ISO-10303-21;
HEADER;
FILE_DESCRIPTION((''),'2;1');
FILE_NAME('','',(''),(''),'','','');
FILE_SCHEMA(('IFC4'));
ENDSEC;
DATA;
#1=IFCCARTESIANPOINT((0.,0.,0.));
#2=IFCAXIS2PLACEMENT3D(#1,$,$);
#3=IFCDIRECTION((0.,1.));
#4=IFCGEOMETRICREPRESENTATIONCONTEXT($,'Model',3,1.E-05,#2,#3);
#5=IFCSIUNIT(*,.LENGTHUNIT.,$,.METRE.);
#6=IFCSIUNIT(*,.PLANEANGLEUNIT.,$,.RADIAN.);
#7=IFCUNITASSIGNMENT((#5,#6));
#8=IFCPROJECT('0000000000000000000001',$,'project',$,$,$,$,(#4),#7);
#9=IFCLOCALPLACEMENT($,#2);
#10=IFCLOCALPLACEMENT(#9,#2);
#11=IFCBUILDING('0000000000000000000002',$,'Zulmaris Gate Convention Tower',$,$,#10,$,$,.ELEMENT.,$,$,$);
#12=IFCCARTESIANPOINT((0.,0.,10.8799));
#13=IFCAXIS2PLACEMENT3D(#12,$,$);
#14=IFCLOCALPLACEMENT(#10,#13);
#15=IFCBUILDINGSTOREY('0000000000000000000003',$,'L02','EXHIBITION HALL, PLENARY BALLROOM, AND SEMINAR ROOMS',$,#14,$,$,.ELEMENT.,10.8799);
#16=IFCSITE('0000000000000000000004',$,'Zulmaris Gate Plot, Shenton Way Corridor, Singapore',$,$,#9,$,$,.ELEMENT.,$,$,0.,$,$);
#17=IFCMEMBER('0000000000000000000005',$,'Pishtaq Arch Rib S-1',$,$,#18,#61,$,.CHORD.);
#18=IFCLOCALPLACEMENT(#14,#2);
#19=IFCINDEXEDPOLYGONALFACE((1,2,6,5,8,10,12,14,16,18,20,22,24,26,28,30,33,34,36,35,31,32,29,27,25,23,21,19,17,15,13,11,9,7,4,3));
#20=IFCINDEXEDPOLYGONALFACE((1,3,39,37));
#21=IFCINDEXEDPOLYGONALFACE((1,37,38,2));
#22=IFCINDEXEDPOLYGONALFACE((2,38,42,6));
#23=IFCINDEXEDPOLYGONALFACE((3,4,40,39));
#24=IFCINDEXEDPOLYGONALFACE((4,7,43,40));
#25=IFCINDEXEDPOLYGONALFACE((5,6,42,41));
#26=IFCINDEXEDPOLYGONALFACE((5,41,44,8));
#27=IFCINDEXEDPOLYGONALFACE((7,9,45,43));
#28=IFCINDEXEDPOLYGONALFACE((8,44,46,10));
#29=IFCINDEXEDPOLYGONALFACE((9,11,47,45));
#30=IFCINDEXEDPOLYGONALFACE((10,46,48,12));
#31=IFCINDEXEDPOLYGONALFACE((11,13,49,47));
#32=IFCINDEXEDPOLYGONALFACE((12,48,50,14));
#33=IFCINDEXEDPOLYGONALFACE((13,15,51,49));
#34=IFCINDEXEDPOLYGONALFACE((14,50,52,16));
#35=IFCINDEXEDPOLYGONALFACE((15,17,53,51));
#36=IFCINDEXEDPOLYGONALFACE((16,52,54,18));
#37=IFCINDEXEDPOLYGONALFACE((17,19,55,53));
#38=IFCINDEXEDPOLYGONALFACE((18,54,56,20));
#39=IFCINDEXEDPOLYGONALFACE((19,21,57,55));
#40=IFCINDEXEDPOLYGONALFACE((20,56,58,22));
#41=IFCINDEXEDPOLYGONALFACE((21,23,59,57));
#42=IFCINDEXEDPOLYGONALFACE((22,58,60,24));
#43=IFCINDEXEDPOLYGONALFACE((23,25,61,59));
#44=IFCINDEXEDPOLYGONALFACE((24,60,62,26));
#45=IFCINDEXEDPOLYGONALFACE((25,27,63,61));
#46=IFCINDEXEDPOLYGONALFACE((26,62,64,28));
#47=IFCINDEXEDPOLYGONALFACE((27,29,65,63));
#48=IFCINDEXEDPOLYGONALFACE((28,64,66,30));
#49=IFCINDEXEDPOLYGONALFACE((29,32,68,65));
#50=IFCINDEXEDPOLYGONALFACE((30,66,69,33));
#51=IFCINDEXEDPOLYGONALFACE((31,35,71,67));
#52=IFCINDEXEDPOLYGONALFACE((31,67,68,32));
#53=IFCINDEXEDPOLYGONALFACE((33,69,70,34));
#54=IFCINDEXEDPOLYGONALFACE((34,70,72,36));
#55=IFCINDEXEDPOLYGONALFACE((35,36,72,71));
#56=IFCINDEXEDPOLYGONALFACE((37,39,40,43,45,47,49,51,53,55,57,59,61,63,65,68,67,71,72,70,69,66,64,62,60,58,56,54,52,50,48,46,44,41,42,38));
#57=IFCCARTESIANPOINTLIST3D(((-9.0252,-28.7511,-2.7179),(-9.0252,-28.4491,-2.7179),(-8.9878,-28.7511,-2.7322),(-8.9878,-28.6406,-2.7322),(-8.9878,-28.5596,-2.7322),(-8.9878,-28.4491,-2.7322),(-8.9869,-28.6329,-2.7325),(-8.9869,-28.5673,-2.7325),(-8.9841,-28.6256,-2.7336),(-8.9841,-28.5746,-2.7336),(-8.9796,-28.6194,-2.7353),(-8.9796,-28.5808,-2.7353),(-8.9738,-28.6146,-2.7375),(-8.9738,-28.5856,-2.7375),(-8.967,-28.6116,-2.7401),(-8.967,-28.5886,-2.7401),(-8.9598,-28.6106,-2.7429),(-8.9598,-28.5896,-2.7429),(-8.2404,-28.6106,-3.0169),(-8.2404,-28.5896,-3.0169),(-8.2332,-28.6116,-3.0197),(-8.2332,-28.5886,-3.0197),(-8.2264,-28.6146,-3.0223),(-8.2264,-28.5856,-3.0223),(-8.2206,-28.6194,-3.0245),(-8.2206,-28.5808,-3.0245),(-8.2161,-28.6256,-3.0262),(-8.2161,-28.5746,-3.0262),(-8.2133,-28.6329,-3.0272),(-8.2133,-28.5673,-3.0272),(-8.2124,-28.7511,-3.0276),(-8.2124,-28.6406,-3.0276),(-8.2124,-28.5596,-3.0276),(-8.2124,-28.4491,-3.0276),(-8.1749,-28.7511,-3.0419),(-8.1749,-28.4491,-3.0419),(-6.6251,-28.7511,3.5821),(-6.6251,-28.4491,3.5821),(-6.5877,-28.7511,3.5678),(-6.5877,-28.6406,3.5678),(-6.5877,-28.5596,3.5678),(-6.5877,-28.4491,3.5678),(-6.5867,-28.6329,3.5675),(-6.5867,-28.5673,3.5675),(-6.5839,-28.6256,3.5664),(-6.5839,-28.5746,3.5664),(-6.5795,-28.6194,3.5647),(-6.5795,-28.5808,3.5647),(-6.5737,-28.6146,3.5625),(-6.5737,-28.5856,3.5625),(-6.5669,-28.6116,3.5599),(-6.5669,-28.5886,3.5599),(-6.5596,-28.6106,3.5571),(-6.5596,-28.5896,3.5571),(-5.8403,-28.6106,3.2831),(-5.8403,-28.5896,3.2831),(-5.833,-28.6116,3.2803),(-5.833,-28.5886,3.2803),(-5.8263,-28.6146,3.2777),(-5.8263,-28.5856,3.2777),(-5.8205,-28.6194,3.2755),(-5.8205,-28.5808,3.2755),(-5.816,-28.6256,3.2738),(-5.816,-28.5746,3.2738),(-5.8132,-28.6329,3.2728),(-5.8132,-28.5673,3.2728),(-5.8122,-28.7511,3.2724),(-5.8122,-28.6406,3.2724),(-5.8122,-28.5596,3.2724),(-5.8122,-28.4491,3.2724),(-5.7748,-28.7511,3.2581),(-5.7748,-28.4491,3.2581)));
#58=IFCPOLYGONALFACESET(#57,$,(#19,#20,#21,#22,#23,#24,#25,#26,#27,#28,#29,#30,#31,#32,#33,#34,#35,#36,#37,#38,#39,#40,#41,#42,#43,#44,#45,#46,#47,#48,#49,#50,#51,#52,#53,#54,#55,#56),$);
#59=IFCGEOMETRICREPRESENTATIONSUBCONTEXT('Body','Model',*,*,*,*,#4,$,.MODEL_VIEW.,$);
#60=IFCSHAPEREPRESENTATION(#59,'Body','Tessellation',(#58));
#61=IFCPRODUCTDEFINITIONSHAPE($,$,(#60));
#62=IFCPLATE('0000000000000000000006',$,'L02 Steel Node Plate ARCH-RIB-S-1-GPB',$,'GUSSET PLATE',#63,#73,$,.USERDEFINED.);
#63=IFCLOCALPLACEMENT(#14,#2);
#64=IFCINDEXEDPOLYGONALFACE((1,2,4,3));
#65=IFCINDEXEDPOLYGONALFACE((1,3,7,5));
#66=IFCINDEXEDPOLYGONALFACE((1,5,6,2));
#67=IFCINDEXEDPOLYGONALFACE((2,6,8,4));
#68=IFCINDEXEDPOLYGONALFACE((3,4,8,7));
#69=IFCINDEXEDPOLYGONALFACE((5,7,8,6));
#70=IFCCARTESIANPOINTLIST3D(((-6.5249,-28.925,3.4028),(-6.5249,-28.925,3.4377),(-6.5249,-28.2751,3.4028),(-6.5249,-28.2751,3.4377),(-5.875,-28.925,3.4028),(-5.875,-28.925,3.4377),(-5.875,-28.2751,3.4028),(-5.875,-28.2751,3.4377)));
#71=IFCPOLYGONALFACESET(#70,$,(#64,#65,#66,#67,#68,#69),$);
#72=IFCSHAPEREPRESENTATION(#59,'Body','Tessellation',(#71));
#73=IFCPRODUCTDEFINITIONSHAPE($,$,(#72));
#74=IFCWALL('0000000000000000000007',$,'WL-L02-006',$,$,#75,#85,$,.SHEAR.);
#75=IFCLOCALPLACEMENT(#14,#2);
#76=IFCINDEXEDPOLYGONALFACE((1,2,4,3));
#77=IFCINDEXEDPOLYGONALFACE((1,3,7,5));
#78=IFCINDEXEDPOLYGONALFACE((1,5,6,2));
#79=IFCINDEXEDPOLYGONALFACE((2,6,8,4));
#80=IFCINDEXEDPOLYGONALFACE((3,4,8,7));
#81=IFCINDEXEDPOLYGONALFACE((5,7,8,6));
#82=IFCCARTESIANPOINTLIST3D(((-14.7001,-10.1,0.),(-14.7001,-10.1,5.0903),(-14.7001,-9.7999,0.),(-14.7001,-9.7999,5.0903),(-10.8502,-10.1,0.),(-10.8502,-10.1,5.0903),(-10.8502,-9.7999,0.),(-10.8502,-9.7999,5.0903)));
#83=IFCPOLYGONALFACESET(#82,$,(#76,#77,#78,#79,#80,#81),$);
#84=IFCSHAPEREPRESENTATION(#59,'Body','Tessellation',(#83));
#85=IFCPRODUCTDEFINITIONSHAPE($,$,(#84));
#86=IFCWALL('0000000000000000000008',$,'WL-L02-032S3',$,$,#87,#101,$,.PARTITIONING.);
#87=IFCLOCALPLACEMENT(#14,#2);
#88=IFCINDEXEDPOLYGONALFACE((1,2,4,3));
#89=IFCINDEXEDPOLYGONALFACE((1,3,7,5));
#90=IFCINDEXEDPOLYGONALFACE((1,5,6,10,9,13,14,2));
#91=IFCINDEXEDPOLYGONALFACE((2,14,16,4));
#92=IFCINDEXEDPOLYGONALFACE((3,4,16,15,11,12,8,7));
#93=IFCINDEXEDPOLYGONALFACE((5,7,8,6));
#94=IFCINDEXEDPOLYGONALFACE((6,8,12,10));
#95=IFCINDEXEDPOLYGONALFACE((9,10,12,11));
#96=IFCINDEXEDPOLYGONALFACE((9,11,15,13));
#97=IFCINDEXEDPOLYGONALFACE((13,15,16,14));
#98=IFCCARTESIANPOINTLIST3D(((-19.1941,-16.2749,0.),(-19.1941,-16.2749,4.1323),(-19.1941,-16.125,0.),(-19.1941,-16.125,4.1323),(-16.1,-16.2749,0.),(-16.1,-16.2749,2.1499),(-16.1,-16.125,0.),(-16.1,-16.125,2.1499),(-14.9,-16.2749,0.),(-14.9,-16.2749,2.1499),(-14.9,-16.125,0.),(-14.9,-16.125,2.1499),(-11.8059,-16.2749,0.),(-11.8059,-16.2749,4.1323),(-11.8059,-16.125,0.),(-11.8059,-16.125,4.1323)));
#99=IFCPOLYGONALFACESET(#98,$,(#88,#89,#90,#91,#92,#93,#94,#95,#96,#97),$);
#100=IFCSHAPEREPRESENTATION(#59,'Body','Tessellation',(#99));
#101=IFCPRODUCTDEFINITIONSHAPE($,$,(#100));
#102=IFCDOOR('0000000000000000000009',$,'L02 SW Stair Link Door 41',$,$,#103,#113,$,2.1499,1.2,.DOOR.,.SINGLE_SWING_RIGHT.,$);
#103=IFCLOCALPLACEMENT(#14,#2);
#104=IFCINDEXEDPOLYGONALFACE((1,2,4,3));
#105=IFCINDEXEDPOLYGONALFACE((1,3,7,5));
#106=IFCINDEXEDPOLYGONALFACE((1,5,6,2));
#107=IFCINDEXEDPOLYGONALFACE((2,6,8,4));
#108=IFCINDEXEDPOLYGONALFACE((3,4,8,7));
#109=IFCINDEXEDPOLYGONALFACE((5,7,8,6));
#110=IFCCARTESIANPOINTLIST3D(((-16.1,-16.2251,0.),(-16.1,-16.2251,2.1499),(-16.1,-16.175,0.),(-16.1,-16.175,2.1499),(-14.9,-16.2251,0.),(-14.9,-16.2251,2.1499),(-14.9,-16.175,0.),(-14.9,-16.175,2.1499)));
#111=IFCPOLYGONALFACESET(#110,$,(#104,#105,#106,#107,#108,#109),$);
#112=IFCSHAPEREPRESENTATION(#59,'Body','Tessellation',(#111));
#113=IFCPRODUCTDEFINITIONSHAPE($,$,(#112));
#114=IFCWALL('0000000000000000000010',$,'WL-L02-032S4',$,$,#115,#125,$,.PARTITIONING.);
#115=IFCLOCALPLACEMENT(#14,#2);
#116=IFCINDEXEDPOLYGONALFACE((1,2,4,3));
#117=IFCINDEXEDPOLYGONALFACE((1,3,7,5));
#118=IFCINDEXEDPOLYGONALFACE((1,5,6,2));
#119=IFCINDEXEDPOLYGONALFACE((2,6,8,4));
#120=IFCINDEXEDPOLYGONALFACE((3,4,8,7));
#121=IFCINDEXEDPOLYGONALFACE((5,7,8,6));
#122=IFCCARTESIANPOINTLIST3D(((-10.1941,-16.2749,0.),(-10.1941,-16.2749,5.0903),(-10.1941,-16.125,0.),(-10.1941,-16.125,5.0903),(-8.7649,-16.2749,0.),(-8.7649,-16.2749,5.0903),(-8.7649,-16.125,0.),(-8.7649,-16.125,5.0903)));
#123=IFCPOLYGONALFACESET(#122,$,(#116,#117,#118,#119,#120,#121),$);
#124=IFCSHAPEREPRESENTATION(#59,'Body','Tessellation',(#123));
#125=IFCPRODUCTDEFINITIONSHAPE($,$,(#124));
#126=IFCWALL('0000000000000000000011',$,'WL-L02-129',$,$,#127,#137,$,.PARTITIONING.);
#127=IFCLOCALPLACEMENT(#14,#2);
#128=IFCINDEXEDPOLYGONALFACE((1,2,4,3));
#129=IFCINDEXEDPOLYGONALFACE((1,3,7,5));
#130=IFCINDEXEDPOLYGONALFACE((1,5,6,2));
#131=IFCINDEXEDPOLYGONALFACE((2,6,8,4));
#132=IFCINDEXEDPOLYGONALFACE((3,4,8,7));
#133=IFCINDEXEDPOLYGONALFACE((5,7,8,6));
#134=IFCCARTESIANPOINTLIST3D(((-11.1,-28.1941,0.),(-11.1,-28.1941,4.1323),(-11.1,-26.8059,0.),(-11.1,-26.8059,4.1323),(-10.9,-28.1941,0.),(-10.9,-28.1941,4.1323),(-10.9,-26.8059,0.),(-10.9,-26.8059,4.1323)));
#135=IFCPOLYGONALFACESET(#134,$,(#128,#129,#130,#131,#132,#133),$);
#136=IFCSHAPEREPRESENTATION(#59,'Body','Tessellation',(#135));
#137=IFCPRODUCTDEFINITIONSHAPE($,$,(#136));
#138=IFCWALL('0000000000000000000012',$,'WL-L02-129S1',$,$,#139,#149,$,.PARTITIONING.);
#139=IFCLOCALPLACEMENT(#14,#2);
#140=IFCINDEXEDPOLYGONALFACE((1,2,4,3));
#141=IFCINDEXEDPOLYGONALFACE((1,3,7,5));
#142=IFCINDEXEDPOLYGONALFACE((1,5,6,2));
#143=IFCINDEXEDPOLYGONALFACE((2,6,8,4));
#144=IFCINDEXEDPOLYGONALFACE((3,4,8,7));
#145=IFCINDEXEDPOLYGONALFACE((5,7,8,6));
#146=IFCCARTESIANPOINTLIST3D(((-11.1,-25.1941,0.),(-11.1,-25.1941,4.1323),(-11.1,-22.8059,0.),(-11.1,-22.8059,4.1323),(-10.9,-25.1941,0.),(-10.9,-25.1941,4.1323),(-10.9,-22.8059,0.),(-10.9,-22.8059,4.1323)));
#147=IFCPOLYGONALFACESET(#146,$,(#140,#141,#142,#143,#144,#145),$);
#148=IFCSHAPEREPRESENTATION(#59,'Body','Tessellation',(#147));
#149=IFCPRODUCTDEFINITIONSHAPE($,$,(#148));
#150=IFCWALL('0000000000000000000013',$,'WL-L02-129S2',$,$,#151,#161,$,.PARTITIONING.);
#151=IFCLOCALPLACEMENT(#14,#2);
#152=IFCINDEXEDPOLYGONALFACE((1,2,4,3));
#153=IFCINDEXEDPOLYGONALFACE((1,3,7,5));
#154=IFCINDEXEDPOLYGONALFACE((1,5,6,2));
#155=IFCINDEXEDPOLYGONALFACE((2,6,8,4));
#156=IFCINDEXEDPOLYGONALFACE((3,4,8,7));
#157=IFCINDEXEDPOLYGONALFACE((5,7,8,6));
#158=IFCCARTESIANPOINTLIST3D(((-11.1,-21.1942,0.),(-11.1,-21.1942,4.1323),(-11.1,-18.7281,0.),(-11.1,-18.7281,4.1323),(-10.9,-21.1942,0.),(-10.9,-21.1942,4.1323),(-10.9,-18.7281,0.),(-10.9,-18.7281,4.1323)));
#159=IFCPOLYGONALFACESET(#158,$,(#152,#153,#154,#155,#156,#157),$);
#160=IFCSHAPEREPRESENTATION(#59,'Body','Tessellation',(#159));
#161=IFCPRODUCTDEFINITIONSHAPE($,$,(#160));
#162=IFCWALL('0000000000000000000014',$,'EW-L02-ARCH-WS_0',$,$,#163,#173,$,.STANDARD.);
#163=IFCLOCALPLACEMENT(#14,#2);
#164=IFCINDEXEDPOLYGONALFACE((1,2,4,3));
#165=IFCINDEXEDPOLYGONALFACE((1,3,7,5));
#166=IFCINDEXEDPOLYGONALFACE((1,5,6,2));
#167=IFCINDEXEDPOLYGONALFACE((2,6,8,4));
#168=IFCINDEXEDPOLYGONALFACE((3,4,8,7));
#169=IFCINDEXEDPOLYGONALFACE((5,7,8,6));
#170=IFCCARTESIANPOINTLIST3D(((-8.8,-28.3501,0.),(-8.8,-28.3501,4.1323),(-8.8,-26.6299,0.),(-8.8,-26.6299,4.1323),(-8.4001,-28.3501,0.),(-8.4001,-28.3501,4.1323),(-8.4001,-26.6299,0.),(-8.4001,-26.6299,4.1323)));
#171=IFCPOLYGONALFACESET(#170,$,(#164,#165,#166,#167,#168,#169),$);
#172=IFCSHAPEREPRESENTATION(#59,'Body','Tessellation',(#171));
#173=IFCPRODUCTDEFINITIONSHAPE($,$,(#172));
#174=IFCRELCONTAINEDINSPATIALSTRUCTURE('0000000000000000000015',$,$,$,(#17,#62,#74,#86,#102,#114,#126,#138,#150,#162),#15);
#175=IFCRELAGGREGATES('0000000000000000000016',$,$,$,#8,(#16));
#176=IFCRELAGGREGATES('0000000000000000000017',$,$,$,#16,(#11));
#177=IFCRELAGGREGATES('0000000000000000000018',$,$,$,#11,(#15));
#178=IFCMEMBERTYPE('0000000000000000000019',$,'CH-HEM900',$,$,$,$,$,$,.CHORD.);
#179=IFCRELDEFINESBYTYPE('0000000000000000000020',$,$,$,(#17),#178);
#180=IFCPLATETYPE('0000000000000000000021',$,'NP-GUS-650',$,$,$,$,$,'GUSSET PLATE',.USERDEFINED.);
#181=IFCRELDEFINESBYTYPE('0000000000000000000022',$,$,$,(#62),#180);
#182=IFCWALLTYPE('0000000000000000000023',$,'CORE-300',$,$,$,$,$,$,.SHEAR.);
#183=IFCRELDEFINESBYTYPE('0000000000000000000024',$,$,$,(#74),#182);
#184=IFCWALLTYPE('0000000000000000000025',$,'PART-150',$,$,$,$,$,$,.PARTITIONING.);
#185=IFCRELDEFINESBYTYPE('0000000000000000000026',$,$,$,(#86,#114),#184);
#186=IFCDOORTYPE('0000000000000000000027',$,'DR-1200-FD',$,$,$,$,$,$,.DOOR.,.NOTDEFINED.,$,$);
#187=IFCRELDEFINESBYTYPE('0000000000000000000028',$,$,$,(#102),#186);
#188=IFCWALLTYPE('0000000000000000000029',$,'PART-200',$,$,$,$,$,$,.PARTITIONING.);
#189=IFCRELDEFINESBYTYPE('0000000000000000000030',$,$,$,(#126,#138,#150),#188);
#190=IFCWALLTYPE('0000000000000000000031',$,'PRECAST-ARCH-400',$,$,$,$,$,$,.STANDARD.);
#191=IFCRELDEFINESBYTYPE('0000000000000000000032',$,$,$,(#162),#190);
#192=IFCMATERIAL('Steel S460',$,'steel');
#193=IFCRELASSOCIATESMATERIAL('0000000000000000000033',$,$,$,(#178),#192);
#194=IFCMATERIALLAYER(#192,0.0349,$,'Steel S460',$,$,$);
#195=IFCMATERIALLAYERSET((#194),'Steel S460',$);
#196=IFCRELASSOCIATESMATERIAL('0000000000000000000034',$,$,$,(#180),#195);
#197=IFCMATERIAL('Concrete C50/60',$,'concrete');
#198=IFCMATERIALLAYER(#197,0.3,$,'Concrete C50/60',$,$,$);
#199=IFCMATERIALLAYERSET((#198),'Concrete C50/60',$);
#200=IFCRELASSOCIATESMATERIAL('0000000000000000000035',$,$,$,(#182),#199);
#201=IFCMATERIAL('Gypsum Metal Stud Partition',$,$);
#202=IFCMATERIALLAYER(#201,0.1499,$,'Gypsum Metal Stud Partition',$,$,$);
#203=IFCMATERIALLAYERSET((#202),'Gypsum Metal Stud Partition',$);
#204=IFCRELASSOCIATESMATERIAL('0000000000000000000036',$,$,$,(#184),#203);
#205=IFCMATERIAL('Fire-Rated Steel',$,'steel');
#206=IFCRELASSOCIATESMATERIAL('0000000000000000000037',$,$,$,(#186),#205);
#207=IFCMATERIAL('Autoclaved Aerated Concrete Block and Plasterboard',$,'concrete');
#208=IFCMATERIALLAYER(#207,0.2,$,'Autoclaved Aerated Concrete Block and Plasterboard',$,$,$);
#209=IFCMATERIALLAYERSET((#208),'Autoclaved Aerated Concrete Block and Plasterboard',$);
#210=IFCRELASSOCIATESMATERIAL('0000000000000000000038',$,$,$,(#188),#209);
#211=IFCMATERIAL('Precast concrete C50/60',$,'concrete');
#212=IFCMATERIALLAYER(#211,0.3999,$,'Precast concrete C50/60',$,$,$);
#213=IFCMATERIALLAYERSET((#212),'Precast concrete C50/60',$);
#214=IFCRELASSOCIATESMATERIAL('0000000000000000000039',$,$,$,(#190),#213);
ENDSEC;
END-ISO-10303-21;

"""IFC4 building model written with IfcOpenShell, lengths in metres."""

from ifc_helpers import new_model, si_unit, direction, frame, frame_2d, origin, origin_2d, place, context, subcontext, project, spatial, rectangle, i_section, extrude, material, layer, layer_set, material_profile, profile_set, type_object, element, fill, save


model = new_model("IFC4")

# Units and contexts
model_context = context("Model", 3, precision=1e-05, world=origin(), true_north=direction((0.0, 1.0)))
body_context = subcontext(model_context, "Body", "Model", "MODEL_VIEW")
ifc_project = project(units=[si_unit("LENGTHUNIT", "METRE"), si_unit("PLANEANGLEUNIT", "RADIAN")], contexts=[model_context])

# Site, building, storey
site_placement = place(None, origin())
site = spatial("IfcSite", under=ifc_project, at=site_placement, Name="Zulmaris Gate Plot, Shenton Way Corridor, Singapore", CompositionType="ELEMENT", RefElevation=0.0)
building_placement = place(site_placement, origin())
building = spatial("IfcBuilding", under=site, at=building_placement, Name="Zulmaris Gate Convention Tower", CompositionType="ELEMENT")
storey_placement = place(building_placement, frame((0.0, 0.0, 10.8799)))
storey = spatial("IfcBuildingStorey", under=building, at=storey_placement, Name="L02", Description="EXHIBITION HALL, PLENARY BALLROOM, AND SEMINAR ROOMS", CompositionType="ELEMENT", Elevation=10.8799)

# Shared definitions
ifc_material_1 = material(Name="Precast concrete C50/60", Category="concrete")

# Member
ifc_material_2 = material(Name="Steel S460", Category="steel")
ifc_material_profile_1 = material_profile(ifc_material_2, i_section(OverallWidth=0.302, OverallDepth=0.9099, WebThickness=0.021, FlangeThickness=0.04, FilletRadius=0.03, at=origin_2d()), Name="HEM 900")
ifc_profile_set_1 = profile_set([ifc_material_profile_1], Name="Steel S460")
member_type = type_object("IfcMemberType", Name="CH-HEM900", PredefinedType="CHORD", material=ifc_profile_set_1)
member_placement = place(storey_placement, frame((-8.6001, -28.6001, -2.8799), z_axis=(0.356012, 0.0, 0.934481), x_axis=(0.0, 1.0, 0.0)))
element("IfcMember", 1, at=member_placement, inside=storey, type_object=member_type, Name="Pishtaq Arch Rib S-1", PredefinedType="CHORD", context=body_context, shape_type="SweptSolid", body=[
    extrude(i_section(OverallWidth=0.302, OverallDepth=0.9099, WebThickness=0.021, FlangeThickness=0.04, FilletRadius=0.03, at=origin_2d()), origin(), (0.0, 0.0, 1.0), 6.7417),
])

# Plate
ifc_layer_1 = layer(ifc_material_2, 0.0349, Name="Steel S460")
ifc_layer_set_1 = layer_set([ifc_layer_1], Name="Steel S460")
plate_type = type_object("IfcPlateType", Name="NP-GUS-650", ElementType="GUSSET PLATE", PredefinedType="USERDEFINED", material=ifc_layer_set_1)
plate_placement = place(storey_placement, frame((-6.2, -28.6001, 3.4028), z_axis=(0.0, 0.0, 1.0), x_axis=(1.0, 0.0, 0.0)))
element("IfcPlate", 2, at=plate_placement, inside=storey, type_object=plate_type, Name="L02 Steel Node Plate ARCH-RIB-S-1-GPB", ObjectType="GUSSET PLATE", PredefinedType="USERDEFINED", context=body_context, shape_type="SweptSolid", body=[
    extrude(rectangle(XDim=0.6499, YDim=0.6499, at=origin_2d()), origin(), (0.0, 0.0, 1.0), 0.0349),
])

# Wall
ifc_material_3 = material(Name="Concrete C50/60", Category="concrete")
ifc_layer_2 = layer(ifc_material_3, 0.3, Name="Concrete C50/60")
ifc_layer_set_2 = layer_set([ifc_layer_2], Name="Concrete C50/60")
wall_type_1 = type_object("IfcWallType", Name="CORE-300", PredefinedType="SHEAR", material=ifc_layer_set_2)
wall_1_placement = place(storey_placement, frame((-14.7, -9.95, 0.0), z_axis=(0.0, 0.0, 1.0), x_axis=(1.0, 0.0, 0.0)))
element("IfcWall", 3, at=wall_1_placement, inside=storey, type_object=wall_type_1, Name="WL-L02-006", PredefinedType="SHEAR", context=body_context, shape_type="SweptSolid", body=[
    extrude(rectangle(XDim=3.8499, YDim=0.3, at=frame_2d((1.9248, 0.0))), origin(), (0.0, 0.0, 1.0), 5.0903),
])

# Wall, opening, door
ifc_material_4 = material(Name="Fire-Rated Steel", Category="steel")
ifc_material_5 = material(Name="Gypsum Metal Stud Partition")
ifc_layer_3 = layer(ifc_material_5, 0.1499, Name="Gypsum Metal Stud Partition")
ifc_layer_set_3 = layer_set([ifc_layer_3], Name="Gypsum Metal Stud Partition")
wall_type_2 = type_object("IfcWallType", Name="PART-150", PredefinedType="PARTITIONING", material=ifc_layer_set_3)
wall_2_placement = place(storey_placement, frame((-19.1941, -16.2, 0.0), z_axis=(0.0, 0.0, 1.0), x_axis=(1.0, 0.0, 0.0)))
wall_2 = element("IfcWall", 4, at=wall_2_placement, inside=storey, type_object=wall_type_2, Name="WL-L02-032S3", PredefinedType="PARTITIONING", context=body_context, shape_type="SweptSolid", body=[
    extrude(rectangle(XDim=7.3882, YDim=0.1499, at=frame_2d((3.6941, 0.0))), origin(), (0.0, 0.0, 1.0), 4.1323),
])
opening_1_placement = place(wall_2_placement, frame((3.094, 0.0, 0.0)))
opening_1 = element("IfcOpeningElement", 5, at=opening_1_placement, cuts=wall_2, PredefinedType="OPENING", context=body_context, shape_type="SweptSolid", body=[
    extrude(rectangle(XDim=1.2, YDim=2.1499, at=frame_2d((0.6001, 1.075))), frame((0.0, 0.085, 0.0), z_axis=(0.0, -1.0, 0.0), x_axis=(1.0, 0.0, 0.0)), (0.0, 0.0, 1.0), 0.1699),
])
door_type_1 = type_object("IfcDoorType", Name="DR-1200-FD", OperationType="NOTDEFINED", PredefinedType="DOOR", material=ifc_material_4)
door_1_placement = place(opening_1_placement, origin())
door_1 = element("IfcDoor", 6, at=door_1_placement, inside=storey, type_object=door_type_1, Name="L02 SW Stair Link Door 41", OperationType="SINGLE_SWING_RIGHT", OverallHeight=2.1499, OverallWidth=1.2, PredefinedType="DOOR", context=body_context, shape_type="SweptSolid", body=[
    extrude(rectangle(XDim=1.2, YDim=2.1499, at=frame_2d((0.6001, 1.075))), frame((0.0, 0.0249, 0.0), z_axis=(0.0, -1.0, 0.0), x_axis=(1.0, 0.0, 0.0)), (0.0, 0.0, 1.0), 0.05),
])
fill(opening_1, door_1)

# Wall
wall_3_placement = place(storey_placement, frame((-10.1941, -16.2, 0.0), z_axis=(0.0, 0.0, 1.0), x_axis=(1.0, 0.0, 0.0)))
element("IfcWall", 7, at=wall_3_placement, inside=storey, type_object=wall_type_2, Name="WL-L02-032S4", PredefinedType="PARTITIONING", context=body_context, shape_type="SweptSolid", body=[
    extrude(rectangle(XDim=1.4292, YDim=0.1499, at=frame_2d((0.7146, 0.0))), origin(), (0.0, 0.0, 1.0), 5.0903),
])

# Walls
ifc_material_6 = material(Name="Autoclaved Aerated Concrete Block and Plasterboard", Category="concrete")
ifc_layer_4 = layer(ifc_material_6, 0.2, Name="Autoclaved Aerated Concrete Block and Plasterboard")
ifc_layer_set_4 = layer_set([ifc_layer_4], Name="Autoclaved Aerated Concrete Block and Plasterboard")
wall_type_3 = type_object("IfcWallType", Name="PART-200", PredefinedType="PARTITIONING", material=ifc_layer_set_4)
wall_4_placement = place(storey_placement, frame((-11.0, -28.1941, 0.0), z_axis=(0.0, 0.0, 1.0), x_axis=(0.0, 1.0, 0.0)))
element("IfcWall", 8, at=wall_4_placement, inside=storey, type_object=wall_type_3, Name="WL-L02-129", PredefinedType="PARTITIONING", context=body_context, shape_type="SweptSolid", body=[
    extrude(rectangle(XDim=1.3882, YDim=0.2, at=frame_2d((0.6941, 0.0))), origin(), (0.0, 0.0, 1.0), 4.1323),
])
wall_5_placement = place(storey_placement, frame((-11.0, -25.1941, 0.0), z_axis=(0.0, 0.0, 1.0), x_axis=(0.0, 1.0, 0.0)))
element("IfcWall", 9, at=wall_5_placement, inside=storey, type_object=wall_type_3, Name="WL-L02-129S1", PredefinedType="PARTITIONING", context=body_context, shape_type="SweptSolid", body=[
    extrude(rectangle(XDim=2.3882, YDim=0.2, at=frame_2d((1.1941, 0.0))), origin(), (0.0, 0.0, 1.0), 4.1323),
])
wall_6_placement = place(storey_placement, frame((-11.0, -21.1941, 0.0), z_axis=(0.0, 0.0, 1.0), x_axis=(0.0, 1.0, 0.0)))
element("IfcWall", 10, at=wall_6_placement, inside=storey, type_object=wall_type_3, Name="WL-L02-129S2", PredefinedType="PARTITIONING", context=body_context, shape_type="SweptSolid", body=[
    extrude(rectangle(XDim=2.4661, YDim=0.2, at=frame_2d((1.2329, 0.0))), origin(), (0.0, 0.0, 1.0), 4.1323),
])
ifc_layer_5 = layer(ifc_material_1, 0.3999, Name="Precast concrete C50/60")
ifc_layer_set_5 = layer_set([ifc_layer_5], Name="Precast concrete C50/60")
wall_type_4 = type_object("IfcWallType", Name="PRECAST-ARCH-400", PredefinedType="STANDARD", material=ifc_layer_set_5)
wall_7_placement = place(storey_placement, frame((-8.6001, -28.3501, 0.0), z_axis=(0.0, 0.0, 1.0), x_axis=(0.0, 1.0, 0.0)))
element("IfcWall", 11, at=wall_7_placement, inside=storey, type_object=wall_type_4, Name="EW-L02-ARCH-WS_0", PredefinedType="STANDARD", context=body_context, shape_type="SweptSolid", body=[
    extrude(rectangle(XDim=1.7202, YDim=0.3999, at=frame_2d((0.8601, 0.0))), origin(), (0.0, 0.0, 1.0), 4.1323),
])

save(model, "model.ifc")
